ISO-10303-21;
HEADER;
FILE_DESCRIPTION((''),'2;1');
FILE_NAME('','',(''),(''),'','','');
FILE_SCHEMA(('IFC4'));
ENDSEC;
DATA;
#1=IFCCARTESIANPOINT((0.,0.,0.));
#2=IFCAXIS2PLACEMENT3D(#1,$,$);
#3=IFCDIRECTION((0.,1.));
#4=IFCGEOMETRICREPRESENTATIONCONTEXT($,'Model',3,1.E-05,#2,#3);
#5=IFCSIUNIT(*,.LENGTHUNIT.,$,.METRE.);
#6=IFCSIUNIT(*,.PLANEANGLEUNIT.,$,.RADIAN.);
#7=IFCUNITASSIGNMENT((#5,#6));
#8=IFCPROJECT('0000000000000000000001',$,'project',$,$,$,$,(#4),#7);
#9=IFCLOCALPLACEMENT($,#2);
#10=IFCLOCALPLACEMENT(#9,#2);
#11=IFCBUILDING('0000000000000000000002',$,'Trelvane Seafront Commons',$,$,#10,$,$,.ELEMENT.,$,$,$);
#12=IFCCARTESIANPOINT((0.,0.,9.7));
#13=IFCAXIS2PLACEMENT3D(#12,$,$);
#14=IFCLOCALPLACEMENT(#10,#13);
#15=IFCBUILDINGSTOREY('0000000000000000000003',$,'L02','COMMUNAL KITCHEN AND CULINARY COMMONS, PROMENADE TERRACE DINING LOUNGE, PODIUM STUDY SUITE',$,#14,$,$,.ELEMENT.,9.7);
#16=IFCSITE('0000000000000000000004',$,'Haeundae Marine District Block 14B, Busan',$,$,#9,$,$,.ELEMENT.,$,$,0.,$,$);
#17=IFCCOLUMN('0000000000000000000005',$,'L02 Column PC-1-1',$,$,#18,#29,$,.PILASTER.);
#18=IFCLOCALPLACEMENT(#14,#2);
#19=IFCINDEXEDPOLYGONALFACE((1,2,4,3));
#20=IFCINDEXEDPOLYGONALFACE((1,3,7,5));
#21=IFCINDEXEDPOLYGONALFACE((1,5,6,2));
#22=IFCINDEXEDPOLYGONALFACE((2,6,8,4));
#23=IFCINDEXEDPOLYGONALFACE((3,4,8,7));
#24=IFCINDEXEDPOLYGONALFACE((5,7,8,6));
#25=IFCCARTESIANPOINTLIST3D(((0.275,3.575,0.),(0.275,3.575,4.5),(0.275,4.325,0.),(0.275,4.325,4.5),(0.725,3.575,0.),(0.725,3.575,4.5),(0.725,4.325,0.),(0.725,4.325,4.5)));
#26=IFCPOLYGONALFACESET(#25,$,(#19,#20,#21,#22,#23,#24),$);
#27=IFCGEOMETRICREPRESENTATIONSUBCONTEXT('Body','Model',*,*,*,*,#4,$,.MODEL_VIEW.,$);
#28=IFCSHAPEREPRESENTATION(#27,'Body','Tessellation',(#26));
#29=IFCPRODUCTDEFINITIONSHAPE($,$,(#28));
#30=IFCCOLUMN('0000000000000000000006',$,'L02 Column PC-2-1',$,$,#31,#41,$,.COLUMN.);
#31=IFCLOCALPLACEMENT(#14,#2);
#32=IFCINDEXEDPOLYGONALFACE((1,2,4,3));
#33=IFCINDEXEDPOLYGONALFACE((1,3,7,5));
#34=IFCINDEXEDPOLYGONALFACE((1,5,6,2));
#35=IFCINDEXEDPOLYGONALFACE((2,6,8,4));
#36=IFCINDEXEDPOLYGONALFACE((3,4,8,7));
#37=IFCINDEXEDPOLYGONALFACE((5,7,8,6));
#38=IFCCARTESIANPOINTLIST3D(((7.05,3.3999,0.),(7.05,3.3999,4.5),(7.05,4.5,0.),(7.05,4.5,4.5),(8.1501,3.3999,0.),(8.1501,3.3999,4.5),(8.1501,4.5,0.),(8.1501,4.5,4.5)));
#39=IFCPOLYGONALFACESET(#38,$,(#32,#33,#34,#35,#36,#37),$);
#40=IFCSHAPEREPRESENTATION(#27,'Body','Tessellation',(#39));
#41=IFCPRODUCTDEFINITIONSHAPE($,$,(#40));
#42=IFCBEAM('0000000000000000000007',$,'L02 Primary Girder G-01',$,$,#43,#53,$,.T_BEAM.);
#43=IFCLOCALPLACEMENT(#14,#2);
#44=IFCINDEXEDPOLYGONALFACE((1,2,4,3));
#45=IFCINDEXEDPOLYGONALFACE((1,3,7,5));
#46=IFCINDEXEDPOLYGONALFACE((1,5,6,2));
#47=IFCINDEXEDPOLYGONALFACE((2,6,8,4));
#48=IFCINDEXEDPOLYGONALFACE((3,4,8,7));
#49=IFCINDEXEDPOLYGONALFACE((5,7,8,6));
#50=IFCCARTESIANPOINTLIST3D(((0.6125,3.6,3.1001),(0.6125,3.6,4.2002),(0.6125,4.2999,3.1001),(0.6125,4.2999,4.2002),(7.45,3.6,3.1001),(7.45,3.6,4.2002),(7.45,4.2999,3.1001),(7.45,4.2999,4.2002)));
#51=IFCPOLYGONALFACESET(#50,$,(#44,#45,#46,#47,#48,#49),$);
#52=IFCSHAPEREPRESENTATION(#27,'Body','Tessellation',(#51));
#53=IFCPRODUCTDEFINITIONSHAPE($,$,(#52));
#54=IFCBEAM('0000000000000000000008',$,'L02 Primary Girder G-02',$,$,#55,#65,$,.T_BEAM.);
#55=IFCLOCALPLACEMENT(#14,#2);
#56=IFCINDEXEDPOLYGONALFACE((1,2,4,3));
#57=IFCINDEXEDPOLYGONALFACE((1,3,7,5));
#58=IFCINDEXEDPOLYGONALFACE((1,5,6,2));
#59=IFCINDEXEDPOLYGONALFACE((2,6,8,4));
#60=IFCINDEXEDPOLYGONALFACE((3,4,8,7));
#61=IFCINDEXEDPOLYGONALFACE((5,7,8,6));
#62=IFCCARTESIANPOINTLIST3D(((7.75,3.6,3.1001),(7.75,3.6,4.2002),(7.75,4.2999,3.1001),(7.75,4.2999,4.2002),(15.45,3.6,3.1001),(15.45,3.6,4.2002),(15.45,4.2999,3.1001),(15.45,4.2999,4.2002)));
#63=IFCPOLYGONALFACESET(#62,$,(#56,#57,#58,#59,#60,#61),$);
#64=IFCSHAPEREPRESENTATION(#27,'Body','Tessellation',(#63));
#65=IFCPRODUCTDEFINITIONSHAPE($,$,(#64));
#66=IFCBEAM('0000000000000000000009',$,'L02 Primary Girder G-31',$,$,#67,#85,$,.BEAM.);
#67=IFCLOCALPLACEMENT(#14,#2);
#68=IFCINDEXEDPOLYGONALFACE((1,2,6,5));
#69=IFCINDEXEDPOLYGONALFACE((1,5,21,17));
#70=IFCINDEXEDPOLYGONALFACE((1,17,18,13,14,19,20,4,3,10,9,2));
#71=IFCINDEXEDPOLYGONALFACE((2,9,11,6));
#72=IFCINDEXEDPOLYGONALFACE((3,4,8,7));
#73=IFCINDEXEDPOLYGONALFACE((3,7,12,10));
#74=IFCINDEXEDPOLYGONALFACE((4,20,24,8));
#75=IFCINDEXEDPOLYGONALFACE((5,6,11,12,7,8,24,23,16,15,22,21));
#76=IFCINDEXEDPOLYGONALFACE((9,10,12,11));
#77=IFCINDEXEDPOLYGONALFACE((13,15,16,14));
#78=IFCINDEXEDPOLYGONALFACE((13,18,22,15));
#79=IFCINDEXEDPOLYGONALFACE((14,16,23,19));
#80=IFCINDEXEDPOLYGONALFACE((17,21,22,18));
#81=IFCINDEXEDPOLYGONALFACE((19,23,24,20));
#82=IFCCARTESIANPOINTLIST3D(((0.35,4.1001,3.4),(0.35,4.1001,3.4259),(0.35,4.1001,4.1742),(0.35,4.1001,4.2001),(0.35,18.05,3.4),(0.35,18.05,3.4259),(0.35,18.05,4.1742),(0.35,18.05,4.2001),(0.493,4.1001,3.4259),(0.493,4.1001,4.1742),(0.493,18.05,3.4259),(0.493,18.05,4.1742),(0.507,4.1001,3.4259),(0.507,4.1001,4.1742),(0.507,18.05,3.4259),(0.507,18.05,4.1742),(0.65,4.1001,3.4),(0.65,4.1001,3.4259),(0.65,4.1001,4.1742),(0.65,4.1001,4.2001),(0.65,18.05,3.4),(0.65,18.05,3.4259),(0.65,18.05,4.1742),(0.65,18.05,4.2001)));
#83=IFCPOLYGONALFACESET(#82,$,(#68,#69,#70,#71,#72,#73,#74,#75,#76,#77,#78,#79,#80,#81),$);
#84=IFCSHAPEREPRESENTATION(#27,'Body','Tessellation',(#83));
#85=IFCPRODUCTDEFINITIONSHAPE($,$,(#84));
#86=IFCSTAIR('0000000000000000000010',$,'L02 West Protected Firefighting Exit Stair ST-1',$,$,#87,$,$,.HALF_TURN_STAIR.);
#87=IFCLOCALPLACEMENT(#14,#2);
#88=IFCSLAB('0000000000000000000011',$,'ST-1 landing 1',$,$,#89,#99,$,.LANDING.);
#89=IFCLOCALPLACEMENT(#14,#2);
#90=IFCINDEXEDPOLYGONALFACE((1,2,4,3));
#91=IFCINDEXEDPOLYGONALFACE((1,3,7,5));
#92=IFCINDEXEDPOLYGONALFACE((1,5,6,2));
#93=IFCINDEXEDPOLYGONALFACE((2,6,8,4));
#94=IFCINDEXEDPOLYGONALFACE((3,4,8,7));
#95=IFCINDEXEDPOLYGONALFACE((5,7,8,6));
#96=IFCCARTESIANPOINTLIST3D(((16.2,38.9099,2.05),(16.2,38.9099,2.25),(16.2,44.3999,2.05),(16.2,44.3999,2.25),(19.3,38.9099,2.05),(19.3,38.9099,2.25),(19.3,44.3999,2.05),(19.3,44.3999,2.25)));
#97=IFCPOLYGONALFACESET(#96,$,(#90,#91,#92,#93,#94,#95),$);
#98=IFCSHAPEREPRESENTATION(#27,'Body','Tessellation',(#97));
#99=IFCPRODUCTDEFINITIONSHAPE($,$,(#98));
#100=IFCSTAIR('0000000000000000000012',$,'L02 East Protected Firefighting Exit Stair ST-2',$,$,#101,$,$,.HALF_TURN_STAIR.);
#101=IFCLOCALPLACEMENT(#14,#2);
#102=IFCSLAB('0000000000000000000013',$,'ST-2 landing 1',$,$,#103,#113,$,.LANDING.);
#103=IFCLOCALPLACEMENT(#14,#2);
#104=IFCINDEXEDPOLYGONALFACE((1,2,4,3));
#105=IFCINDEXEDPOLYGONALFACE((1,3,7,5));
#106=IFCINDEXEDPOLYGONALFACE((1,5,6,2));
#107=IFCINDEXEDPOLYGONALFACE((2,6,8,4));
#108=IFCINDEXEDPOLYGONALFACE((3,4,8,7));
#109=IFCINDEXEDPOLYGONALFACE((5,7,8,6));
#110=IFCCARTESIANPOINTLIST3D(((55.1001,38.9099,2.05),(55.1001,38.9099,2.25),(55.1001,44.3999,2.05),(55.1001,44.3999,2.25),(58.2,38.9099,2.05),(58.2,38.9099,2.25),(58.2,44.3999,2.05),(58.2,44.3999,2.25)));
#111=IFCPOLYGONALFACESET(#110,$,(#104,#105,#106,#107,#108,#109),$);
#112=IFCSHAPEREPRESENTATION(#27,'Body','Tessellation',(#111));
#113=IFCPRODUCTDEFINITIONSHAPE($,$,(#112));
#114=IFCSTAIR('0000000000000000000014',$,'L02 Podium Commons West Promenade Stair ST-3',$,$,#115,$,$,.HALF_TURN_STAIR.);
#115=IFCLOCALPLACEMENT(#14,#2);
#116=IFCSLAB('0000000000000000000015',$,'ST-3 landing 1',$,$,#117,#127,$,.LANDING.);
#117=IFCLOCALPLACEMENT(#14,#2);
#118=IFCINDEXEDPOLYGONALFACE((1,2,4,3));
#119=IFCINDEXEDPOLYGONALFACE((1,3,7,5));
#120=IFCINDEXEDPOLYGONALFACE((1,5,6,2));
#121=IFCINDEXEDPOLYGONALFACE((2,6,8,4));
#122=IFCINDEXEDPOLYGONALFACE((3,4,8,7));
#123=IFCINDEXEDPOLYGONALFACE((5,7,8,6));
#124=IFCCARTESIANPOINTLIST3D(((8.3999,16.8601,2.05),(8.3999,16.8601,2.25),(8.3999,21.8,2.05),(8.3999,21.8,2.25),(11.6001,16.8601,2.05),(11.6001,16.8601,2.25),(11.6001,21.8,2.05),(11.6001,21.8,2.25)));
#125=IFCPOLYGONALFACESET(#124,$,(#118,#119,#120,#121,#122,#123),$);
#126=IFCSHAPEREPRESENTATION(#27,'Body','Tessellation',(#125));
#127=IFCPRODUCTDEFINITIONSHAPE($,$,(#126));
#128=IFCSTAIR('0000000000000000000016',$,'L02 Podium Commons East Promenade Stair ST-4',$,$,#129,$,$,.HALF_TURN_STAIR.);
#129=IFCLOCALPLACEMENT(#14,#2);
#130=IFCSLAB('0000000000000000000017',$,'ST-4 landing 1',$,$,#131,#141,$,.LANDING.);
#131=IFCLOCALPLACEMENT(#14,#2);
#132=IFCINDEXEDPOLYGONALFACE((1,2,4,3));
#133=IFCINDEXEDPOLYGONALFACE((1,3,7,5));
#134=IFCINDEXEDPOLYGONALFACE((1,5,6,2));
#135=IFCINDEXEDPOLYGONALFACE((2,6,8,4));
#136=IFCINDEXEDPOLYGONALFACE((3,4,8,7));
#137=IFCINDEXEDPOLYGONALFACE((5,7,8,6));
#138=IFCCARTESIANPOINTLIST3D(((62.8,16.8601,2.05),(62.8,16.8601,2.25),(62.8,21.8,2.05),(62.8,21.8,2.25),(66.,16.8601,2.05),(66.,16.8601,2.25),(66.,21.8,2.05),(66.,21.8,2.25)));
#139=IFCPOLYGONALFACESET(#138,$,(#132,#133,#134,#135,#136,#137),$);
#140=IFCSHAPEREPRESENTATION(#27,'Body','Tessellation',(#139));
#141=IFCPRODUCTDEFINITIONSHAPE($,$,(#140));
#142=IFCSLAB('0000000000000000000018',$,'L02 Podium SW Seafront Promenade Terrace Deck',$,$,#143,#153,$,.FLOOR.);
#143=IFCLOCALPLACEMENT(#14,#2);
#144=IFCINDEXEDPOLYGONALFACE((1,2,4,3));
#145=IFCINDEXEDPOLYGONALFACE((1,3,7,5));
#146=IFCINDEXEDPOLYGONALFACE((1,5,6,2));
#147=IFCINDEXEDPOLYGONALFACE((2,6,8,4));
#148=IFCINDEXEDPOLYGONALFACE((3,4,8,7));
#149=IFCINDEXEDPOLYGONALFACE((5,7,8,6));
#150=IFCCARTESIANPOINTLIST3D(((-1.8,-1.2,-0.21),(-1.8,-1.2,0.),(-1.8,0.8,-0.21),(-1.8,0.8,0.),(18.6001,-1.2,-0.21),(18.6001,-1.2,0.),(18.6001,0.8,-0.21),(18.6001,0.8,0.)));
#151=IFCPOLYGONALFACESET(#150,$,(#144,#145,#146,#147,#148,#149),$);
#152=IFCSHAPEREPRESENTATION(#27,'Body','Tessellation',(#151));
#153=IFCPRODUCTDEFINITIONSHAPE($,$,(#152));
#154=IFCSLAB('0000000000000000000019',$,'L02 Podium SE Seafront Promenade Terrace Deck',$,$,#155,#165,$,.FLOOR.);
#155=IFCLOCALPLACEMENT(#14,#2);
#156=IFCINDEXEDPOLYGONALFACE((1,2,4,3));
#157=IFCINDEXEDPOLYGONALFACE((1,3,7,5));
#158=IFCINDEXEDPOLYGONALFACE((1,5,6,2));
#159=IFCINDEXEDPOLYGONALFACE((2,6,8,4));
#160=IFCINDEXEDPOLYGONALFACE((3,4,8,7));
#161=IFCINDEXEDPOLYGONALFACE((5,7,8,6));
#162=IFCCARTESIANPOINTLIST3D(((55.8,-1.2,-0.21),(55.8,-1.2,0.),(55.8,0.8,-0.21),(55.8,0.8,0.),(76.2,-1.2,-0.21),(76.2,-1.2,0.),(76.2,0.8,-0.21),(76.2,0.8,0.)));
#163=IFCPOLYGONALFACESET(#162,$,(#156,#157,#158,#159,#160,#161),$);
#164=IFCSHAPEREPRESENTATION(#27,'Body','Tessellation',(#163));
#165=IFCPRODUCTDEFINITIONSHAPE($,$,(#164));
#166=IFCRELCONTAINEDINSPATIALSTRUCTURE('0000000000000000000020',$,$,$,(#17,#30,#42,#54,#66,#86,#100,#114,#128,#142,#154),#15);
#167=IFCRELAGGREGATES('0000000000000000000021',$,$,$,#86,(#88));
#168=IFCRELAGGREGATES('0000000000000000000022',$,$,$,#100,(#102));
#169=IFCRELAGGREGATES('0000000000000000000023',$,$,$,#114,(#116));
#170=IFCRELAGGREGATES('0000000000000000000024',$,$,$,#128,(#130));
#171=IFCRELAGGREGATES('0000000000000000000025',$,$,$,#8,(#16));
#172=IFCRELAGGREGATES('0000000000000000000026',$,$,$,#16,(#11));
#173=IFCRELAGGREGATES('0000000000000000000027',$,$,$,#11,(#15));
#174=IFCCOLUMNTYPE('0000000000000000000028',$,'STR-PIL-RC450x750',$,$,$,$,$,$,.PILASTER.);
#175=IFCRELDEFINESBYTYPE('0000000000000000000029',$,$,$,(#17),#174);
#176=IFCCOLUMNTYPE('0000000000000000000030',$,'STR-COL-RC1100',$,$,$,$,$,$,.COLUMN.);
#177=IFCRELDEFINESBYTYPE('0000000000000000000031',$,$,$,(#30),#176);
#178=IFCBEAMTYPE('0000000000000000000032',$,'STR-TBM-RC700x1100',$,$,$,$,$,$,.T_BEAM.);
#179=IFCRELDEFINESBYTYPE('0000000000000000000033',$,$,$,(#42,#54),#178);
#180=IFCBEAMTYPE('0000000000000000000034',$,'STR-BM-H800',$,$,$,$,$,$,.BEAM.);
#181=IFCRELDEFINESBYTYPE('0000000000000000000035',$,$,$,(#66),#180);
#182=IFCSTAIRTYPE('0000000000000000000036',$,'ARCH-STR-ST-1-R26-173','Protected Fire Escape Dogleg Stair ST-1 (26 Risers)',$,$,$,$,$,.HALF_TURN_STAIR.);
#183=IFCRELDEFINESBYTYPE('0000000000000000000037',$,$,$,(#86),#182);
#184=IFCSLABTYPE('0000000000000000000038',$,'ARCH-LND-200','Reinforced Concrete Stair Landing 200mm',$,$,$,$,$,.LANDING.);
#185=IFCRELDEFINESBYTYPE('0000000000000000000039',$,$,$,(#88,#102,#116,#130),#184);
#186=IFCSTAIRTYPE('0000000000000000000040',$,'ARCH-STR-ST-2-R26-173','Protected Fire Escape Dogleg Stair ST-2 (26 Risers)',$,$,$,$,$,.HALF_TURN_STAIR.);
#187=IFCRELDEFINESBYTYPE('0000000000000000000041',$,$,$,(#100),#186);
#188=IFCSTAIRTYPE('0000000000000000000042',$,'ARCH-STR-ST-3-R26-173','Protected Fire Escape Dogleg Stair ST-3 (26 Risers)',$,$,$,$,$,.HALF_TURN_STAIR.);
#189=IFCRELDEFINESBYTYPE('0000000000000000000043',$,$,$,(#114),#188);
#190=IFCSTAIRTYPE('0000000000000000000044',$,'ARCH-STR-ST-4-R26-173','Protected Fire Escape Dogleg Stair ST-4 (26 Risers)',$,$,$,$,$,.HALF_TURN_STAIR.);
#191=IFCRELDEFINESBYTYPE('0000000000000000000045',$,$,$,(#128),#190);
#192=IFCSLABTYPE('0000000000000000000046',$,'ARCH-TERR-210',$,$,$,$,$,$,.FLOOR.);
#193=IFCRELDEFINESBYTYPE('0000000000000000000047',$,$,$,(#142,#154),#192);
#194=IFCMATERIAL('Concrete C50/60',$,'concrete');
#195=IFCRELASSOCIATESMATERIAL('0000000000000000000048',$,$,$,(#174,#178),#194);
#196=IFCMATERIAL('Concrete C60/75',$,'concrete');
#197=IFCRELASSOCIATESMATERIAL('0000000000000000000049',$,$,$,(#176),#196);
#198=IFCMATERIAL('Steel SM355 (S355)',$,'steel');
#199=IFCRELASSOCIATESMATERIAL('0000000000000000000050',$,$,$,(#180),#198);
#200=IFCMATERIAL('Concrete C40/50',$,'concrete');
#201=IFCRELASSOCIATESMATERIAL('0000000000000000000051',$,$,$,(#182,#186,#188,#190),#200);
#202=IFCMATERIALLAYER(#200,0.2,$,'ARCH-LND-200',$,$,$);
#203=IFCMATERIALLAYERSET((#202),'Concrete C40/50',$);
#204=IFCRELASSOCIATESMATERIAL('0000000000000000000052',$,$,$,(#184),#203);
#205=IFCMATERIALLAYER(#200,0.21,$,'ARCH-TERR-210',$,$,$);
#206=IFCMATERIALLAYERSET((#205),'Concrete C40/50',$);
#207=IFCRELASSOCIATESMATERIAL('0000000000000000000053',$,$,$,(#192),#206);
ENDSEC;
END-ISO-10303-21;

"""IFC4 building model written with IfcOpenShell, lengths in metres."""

from ifc_helpers import new_model, si_unit, direction, frame, origin, origin_2d, place, context, subcontext, project, spatial, polyline, rectangle, i_section, outline, extrude, source, transform, mapped, material, layer, layer_set, material_profile, profile_set, type_object, element, aggregate, save


model = new_model("IFC4")

# Units and contexts
model_context = context("Model", 3, precision=1e-05, world=origin(), true_north=direction((0.0, 1.0)))
body_context = subcontext(model_context, "Body", "Model", "MODEL_VIEW")
ifc_project = project(units=[si_unit("LENGTHUNIT", "METRE"), si_unit("PLANEANGLEUNIT", "RADIAN")], contexts=[model_context])

# Site, building, storey
site_placement = place(None, origin())
site = spatial("IfcSite", under=ifc_project, at=site_placement, Name="Haeundae Marine District Block 14B, Busan", CompositionType="ELEMENT", RefElevation=0.0)
building_placement = place(site_placement, origin())
building = spatial("IfcBuilding", under=site, at=building_placement, Name="Trelvane Seafront Commons", CompositionType="ELEMENT")
storey_placement = place(building_placement, frame((0.0, 0.0, 9.7)))
storey = spatial("IfcBuildingStorey", under=building, at=storey_placement, Name="L02", Description="COMMUNAL KITCHEN AND CULINARY COMMONS, PROMENADE TERRACE DINING LOUNGE, PODIUM STUDY SUITE", CompositionType="ELEMENT", Elevation=9.7)

# Columns
ifc_material_1 = material(Name="Concrete C50/60", Category="concrete")
ifc_material_profile_1 = material_profile(ifc_material_1, rectangle(XDim=0.45, YDim=0.75, at=origin_2d()), Name="RC-450x750")
ifc_profile_set_1 = profile_set([ifc_material_profile_1], Name="Concrete C50/60")
column_type_1 = type_object("IfcColumnType", Name="STR-PIL-RC450x750", PredefinedType="PILASTER", material=ifc_profile_set_1)
shared_shape_1 = source(origin(), body_context, "Body", "SweptSolid", [
    extrude(rectangle(XDim=0.45, YDim=0.75, at=origin_2d()), origin(), (0.0, 0.0, 1.0), 4.5),
])
column_1_placement = place(storey_placement, frame((0.5, 3.95, 0.0), z_axis=(0.0, 0.0, 1.0), x_axis=(1.0, 0.0, 0.0)))
element("IfcColumn", 1, at=column_1_placement, inside=storey, type_object=column_type_1, Name="L02 Column PC-1-1", PredefinedType="PILASTER", context=body_context, shape_type="MappedRepresentation", body=[
    mapped(shared_shape_1, transform((0.0, 0.0, 0.0), x_axis=(1.0, 0.0, 0.0), y_axis=(0.0, 1.0, 0.0), z_axis=(0.0, 0.0, 1.0), scale=1.0)),
])
ifc_material_2 = material(Name="Concrete C60/75", Category="concrete")
ifc_material_profile_2 = material_profile(ifc_material_2, rectangle(XDim=1.1001, YDim=1.1001, at=origin_2d()), Name="RC-1100x1100")
ifc_profile_set_2 = profile_set([ifc_material_profile_2], Name="Concrete C60/75")
column_type_2 = type_object("IfcColumnType", Name="STR-COL-RC1100", PredefinedType="COLUMN", material=ifc_profile_set_2)
shared_shape_2 = source(origin(), body_context, "Body", "SweptSolid", [
    extrude(rectangle(XDim=1.1001, YDim=1.1001, at=origin_2d()), origin(), (0.0, 0.0, 1.0), 4.5),
])
column_2_placement = place(storey_placement, frame((7.6001, 3.95, 0.0), z_axis=(0.0, 0.0, 1.0), x_axis=(1.0, 0.0, 0.0)))
element("IfcColumn", 2, at=column_2_placement, inside=storey, type_object=column_type_2, Name="L02 Column PC-2-1", PredefinedType="COLUMN", context=body_context, shape_type="MappedRepresentation", body=[
    mapped(shared_shape_2, transform((0.0, 0.0, 0.0), x_axis=(1.0, 0.0, 0.0), y_axis=(0.0, 1.0, 0.0), z_axis=(0.0, 0.0, 1.0), scale=1.0)),
])

# Beams
ifc_material_profile_3 = material_profile(ifc_material_1, rectangle(XDim=0.7, YDim=1.1001, at=origin_2d()), Name="RC-700x1100")
ifc_profile_set_3 = profile_set([ifc_material_profile_3], Name="Concrete C50/60")
beam_type_1 = type_object("IfcBeamType", Name="STR-TBM-RC700x1100", PredefinedType="T_BEAM", material=ifc_profile_set_3)
shared_shape_3 = source(origin(), body_context, "Body", "SweptSolid", [
    extrude(rectangle(XDim=0.7, YDim=1.1001, at=origin_2d()), origin(), (0.0, 0.0, 1.0), 6.8374),
])
beam_1_placement = place(storey_placement, frame((0.6125, 3.95, 3.6501), z_axis=(1.0, 0.0, 0.0), x_axis=(0.0, 1.0, 0.0)))
element("IfcBeam", 3, at=beam_1_placement, inside=storey, type_object=beam_type_1, Name="L02 Primary Girder G-01", PredefinedType="T_BEAM", context=body_context, shape_type="MappedRepresentation", body=[
    mapped(shared_shape_3, transform((0.0, 0.0, 0.0), x_axis=(1.0, 0.0, 0.0), y_axis=(0.0, 1.0, 0.0), z_axis=(0.0, 0.0, 1.0), scale=1.0)),
])
shared_shape_4 = source(origin(), body_context, "Body", "SweptSolid", [
    extrude(rectangle(XDim=0.7, YDim=1.1001, at=origin_2d()), origin(), (0.0, 0.0, 1.0), 7.7),
])
beam_2_placement = place(storey_placement, frame((7.75, 3.95, 3.6501), z_axis=(1.0, 0.0, 0.0), x_axis=(0.0, 1.0, 0.0)))
element("IfcBeam", 4, at=beam_2_placement, inside=storey, type_object=beam_type_1, Name="L02 Primary Girder G-02", PredefinedType="T_BEAM", context=body_context, shape_type="MappedRepresentation", body=[
    mapped(shared_shape_4, transform((0.0, 0.0, 0.0), x_axis=(1.0, 0.0, 0.0), y_axis=(0.0, 1.0, 0.0), z_axis=(0.0, 0.0, 1.0), scale=1.0)),
])
ifc_material_3 = material(Name="Steel SM355 (S355)", Category="steel")
ifc_material_profile_4 = material_profile(ifc_material_3, i_section(OverallWidth=0.3, OverallDepth=0.8, WebThickness=0.0139, FlangeThickness=0.0259, at=origin_2d()), Name="H-800x300x14x26")
ifc_profile_set_4 = profile_set([ifc_material_profile_4], Name="Steel SM355 (S355)")
beam_type_2 = type_object("IfcBeamType", Name="STR-BM-H800", PredefinedType="BEAM", material=ifc_profile_set_4)
shared_shape_5 = source(origin(), body_context, "Body", "SweptSolid", [
    extrude(i_section(OverallWidth=0.3, OverallDepth=0.8, WebThickness=0.0139, FlangeThickness=0.0259, at=origin_2d()), origin(), (0.0, 0.0, 1.0), 13.95),
])
beam_3_placement = place(storey_placement, frame((0.5, 4.1001, 3.8), z_axis=(0.0, 1.0, 0.0), x_axis=(-1.0, 0.0, 0.0)))
element("IfcBeam", 5, at=beam_3_placement, inside=storey, type_object=beam_type_2, Name="L02 Primary Girder G-31", PredefinedType="BEAM", context=body_context, shape_type="MappedRepresentation", body=[
    mapped(shared_shape_5, transform((0.0, 0.0, 0.0), x_axis=(1.0, 0.0, 0.0), y_axis=(0.0, 1.0, 0.0), z_axis=(0.0, 0.0, 1.0), scale=1.0)),
])

# Stairs, slabs
ifc_material_4 = material(Name="Concrete C40/50", Category="concrete")
stair_type_1 = type_object("IfcStairType", Name="ARCH-STR-ST-1-R26-173", Description="Protected Fire Escape Dogleg Stair ST-1 (26 Risers)", PredefinedType="HALF_TURN_STAIR", material=ifc_material_4)
stair_1_placement = place(storey_placement, origin())
stair_1 = element("IfcStair", 6, at=stair_1_placement, inside=storey, type_object=stair_type_1, Name="L02 West Protected Firefighting Exit Stair ST-1", PredefinedType="HALF_TURN_STAIR")
ifc_layer_1 = layer(ifc_material_4, 0.2, Name="ARCH-LND-200")
ifc_layer_set_1 = layer_set([ifc_layer_1], Name="Concrete C40/50")
slab_type_1 = type_object("IfcSlabType", Name="ARCH-LND-200", Description="Reinforced Concrete Stair Landing 200mm", PredefinedType="LANDING", material=ifc_layer_set_1)
slab_1_placement = place(storey_placement, frame((0.0, 0.0, 2.05)))
slab_1 = element("IfcSlab", 7, at=slab_1_placement, type_object=slab_type_1, Name="ST-1 landing 1", PredefinedType="LANDING", context=body_context, shape_type="SweptSolid", body=[
    extrude(outline(polyline([(19.3, 38.9099), (19.3, 44.3999), (16.2, 44.3999), (16.2, 38.9099), (19.3, 38.9099)])), origin(), (0.0, 0.0, 1.0), 0.2),
])
aggregate(stair_1, [slab_1])
stair_type_2 = type_object("IfcStairType", Name="ARCH-STR-ST-2-R26-173", Description="Protected Fire Escape Dogleg Stair ST-2 (26 Risers)", PredefinedType="HALF_TURN_STAIR", material=ifc_material_4)
stair_2_placement = place(storey_placement, origin())
stair_2 = element("IfcStair", 8, at=stair_2_placement, inside=storey, type_object=stair_type_2, Name="L02 East Protected Firefighting Exit Stair ST-2", PredefinedType="HALF_TURN_STAIR")
slab_2_placement = place(storey_placement, frame((0.0, 0.0, 2.05)))
slab_2 = element("IfcSlab", 9, at=slab_2_placement, type_object=slab_type_1, Name="ST-2 landing 1", PredefinedType="LANDING", context=body_context, shape_type="SweptSolid", body=[
    extrude(outline(polyline([(58.2, 38.9099), (58.2, 44.3999), (55.1001, 44.3999), (55.1001, 38.9099), (58.2, 38.9099)])), origin(), (0.0, 0.0, 1.0), 0.2),
])
aggregate(stair_2, [slab_2])
stair_type_3 = type_object("IfcStairType", Name="ARCH-STR-ST-3-R26-173", Description="Protected Fire Escape Dogleg Stair ST-3 (26 Risers)", PredefinedType="HALF_TURN_STAIR", material=ifc_material_4)
stair_3_placement = place(storey_placement, origin())
stair_3 = element("IfcStair", 10, at=stair_3_placement, inside=storey, type_object=stair_type_3, Name="L02 Podium Commons West Promenade Stair ST-3", PredefinedType="HALF_TURN_STAIR")
slab_3_placement = place(storey_placement, frame((0.0, 0.0, 2.05)))
slab_3 = element("IfcSlab", 11, at=slab_3_placement, type_object=slab_type_1, Name="ST-3 landing 1", PredefinedType="LANDING", context=body_context, shape_type="SweptSolid", body=[
    extrude(outline(polyline([(11.6001, 16.8601), (11.6001, 21.8), (8.3999, 21.8), (8.3999, 16.8601), (11.6001, 16.8601)])), origin(), (0.0, 0.0, 1.0), 0.2),
])
aggregate(stair_3, [slab_3])
stair_type_4 = type_object("IfcStairType", Name="ARCH-STR-ST-4-R26-173", Description="Protected Fire Escape Dogleg Stair ST-4 (26 Risers)", PredefinedType="HALF_TURN_STAIR", material=ifc_material_4)
stair_4_placement = place(storey_placement, origin())
stair_4 = element("IfcStair", 12, at=stair_4_placement, inside=storey, type_object=stair_type_4, Name="L02 Podium Commons East Promenade Stair ST-4", PredefinedType="HALF_TURN_STAIR")
slab_4_placement = place(storey_placement, frame((0.0, 0.0, 2.05)))
slab_4 = element("IfcSlab", 13, at=slab_4_placement, type_object=slab_type_1, Name="ST-4 landing 1", PredefinedType="LANDING", context=body_context, shape_type="SweptSolid", body=[
    extrude(outline(polyline([(66.0, 16.8601), (66.0, 21.8), (62.8, 21.8), (62.8, 16.8601), (66.0, 16.8601)])), origin(), (0.0, 0.0, 1.0), 0.2),
])
aggregate(stair_4, [slab_4])

# Slabs
ifc_layer_2 = layer(ifc_material_4, 0.21, Name="ARCH-TERR-210")
ifc_layer_set_2 = layer_set([ifc_layer_2], Name="Concrete C40/50")
slab_type_2 = type_object("IfcSlabType", Name="ARCH-TERR-210", PredefinedType="FLOOR", material=ifc_layer_set_2)
slab_5_placement = place(storey_placement, frame((0.0, 0.0, -0.21)))
element("IfcSlab", 14, at=slab_5_placement, inside=storey, type_object=slab_type_2, Name="L02 Podium SW Seafront Promenade Terrace Deck", PredefinedType="FLOOR", context=body_context, shape_type="SweptSolid", body=[
    extrude(outline(polyline([(-1.8, -1.2), (18.6001, -1.2), (18.6001, 0.8), (-1.8, 0.8), (-1.8, -1.2)])), origin(), (0.0, 0.0, 1.0), 0.21),
])
slab_6_placement = place(storey_placement, frame((0.0, 0.0, -0.21)))
element("IfcSlab", 15, at=slab_6_placement, inside=storey, type_object=slab_type_2, Name="L02 Podium SE Seafront Promenade Terrace Deck", PredefinedType="FLOOR", context=body_context, shape_type="SweptSolid", body=[
    extrude(outline(polyline([(55.8, -1.2), (76.2, -1.2), (76.2, 0.8), (55.8, 0.8), (55.8, -1.2)])), origin(), (0.0, 0.0, 1.0), 0.21),
])

save(model, "model.ifc")
